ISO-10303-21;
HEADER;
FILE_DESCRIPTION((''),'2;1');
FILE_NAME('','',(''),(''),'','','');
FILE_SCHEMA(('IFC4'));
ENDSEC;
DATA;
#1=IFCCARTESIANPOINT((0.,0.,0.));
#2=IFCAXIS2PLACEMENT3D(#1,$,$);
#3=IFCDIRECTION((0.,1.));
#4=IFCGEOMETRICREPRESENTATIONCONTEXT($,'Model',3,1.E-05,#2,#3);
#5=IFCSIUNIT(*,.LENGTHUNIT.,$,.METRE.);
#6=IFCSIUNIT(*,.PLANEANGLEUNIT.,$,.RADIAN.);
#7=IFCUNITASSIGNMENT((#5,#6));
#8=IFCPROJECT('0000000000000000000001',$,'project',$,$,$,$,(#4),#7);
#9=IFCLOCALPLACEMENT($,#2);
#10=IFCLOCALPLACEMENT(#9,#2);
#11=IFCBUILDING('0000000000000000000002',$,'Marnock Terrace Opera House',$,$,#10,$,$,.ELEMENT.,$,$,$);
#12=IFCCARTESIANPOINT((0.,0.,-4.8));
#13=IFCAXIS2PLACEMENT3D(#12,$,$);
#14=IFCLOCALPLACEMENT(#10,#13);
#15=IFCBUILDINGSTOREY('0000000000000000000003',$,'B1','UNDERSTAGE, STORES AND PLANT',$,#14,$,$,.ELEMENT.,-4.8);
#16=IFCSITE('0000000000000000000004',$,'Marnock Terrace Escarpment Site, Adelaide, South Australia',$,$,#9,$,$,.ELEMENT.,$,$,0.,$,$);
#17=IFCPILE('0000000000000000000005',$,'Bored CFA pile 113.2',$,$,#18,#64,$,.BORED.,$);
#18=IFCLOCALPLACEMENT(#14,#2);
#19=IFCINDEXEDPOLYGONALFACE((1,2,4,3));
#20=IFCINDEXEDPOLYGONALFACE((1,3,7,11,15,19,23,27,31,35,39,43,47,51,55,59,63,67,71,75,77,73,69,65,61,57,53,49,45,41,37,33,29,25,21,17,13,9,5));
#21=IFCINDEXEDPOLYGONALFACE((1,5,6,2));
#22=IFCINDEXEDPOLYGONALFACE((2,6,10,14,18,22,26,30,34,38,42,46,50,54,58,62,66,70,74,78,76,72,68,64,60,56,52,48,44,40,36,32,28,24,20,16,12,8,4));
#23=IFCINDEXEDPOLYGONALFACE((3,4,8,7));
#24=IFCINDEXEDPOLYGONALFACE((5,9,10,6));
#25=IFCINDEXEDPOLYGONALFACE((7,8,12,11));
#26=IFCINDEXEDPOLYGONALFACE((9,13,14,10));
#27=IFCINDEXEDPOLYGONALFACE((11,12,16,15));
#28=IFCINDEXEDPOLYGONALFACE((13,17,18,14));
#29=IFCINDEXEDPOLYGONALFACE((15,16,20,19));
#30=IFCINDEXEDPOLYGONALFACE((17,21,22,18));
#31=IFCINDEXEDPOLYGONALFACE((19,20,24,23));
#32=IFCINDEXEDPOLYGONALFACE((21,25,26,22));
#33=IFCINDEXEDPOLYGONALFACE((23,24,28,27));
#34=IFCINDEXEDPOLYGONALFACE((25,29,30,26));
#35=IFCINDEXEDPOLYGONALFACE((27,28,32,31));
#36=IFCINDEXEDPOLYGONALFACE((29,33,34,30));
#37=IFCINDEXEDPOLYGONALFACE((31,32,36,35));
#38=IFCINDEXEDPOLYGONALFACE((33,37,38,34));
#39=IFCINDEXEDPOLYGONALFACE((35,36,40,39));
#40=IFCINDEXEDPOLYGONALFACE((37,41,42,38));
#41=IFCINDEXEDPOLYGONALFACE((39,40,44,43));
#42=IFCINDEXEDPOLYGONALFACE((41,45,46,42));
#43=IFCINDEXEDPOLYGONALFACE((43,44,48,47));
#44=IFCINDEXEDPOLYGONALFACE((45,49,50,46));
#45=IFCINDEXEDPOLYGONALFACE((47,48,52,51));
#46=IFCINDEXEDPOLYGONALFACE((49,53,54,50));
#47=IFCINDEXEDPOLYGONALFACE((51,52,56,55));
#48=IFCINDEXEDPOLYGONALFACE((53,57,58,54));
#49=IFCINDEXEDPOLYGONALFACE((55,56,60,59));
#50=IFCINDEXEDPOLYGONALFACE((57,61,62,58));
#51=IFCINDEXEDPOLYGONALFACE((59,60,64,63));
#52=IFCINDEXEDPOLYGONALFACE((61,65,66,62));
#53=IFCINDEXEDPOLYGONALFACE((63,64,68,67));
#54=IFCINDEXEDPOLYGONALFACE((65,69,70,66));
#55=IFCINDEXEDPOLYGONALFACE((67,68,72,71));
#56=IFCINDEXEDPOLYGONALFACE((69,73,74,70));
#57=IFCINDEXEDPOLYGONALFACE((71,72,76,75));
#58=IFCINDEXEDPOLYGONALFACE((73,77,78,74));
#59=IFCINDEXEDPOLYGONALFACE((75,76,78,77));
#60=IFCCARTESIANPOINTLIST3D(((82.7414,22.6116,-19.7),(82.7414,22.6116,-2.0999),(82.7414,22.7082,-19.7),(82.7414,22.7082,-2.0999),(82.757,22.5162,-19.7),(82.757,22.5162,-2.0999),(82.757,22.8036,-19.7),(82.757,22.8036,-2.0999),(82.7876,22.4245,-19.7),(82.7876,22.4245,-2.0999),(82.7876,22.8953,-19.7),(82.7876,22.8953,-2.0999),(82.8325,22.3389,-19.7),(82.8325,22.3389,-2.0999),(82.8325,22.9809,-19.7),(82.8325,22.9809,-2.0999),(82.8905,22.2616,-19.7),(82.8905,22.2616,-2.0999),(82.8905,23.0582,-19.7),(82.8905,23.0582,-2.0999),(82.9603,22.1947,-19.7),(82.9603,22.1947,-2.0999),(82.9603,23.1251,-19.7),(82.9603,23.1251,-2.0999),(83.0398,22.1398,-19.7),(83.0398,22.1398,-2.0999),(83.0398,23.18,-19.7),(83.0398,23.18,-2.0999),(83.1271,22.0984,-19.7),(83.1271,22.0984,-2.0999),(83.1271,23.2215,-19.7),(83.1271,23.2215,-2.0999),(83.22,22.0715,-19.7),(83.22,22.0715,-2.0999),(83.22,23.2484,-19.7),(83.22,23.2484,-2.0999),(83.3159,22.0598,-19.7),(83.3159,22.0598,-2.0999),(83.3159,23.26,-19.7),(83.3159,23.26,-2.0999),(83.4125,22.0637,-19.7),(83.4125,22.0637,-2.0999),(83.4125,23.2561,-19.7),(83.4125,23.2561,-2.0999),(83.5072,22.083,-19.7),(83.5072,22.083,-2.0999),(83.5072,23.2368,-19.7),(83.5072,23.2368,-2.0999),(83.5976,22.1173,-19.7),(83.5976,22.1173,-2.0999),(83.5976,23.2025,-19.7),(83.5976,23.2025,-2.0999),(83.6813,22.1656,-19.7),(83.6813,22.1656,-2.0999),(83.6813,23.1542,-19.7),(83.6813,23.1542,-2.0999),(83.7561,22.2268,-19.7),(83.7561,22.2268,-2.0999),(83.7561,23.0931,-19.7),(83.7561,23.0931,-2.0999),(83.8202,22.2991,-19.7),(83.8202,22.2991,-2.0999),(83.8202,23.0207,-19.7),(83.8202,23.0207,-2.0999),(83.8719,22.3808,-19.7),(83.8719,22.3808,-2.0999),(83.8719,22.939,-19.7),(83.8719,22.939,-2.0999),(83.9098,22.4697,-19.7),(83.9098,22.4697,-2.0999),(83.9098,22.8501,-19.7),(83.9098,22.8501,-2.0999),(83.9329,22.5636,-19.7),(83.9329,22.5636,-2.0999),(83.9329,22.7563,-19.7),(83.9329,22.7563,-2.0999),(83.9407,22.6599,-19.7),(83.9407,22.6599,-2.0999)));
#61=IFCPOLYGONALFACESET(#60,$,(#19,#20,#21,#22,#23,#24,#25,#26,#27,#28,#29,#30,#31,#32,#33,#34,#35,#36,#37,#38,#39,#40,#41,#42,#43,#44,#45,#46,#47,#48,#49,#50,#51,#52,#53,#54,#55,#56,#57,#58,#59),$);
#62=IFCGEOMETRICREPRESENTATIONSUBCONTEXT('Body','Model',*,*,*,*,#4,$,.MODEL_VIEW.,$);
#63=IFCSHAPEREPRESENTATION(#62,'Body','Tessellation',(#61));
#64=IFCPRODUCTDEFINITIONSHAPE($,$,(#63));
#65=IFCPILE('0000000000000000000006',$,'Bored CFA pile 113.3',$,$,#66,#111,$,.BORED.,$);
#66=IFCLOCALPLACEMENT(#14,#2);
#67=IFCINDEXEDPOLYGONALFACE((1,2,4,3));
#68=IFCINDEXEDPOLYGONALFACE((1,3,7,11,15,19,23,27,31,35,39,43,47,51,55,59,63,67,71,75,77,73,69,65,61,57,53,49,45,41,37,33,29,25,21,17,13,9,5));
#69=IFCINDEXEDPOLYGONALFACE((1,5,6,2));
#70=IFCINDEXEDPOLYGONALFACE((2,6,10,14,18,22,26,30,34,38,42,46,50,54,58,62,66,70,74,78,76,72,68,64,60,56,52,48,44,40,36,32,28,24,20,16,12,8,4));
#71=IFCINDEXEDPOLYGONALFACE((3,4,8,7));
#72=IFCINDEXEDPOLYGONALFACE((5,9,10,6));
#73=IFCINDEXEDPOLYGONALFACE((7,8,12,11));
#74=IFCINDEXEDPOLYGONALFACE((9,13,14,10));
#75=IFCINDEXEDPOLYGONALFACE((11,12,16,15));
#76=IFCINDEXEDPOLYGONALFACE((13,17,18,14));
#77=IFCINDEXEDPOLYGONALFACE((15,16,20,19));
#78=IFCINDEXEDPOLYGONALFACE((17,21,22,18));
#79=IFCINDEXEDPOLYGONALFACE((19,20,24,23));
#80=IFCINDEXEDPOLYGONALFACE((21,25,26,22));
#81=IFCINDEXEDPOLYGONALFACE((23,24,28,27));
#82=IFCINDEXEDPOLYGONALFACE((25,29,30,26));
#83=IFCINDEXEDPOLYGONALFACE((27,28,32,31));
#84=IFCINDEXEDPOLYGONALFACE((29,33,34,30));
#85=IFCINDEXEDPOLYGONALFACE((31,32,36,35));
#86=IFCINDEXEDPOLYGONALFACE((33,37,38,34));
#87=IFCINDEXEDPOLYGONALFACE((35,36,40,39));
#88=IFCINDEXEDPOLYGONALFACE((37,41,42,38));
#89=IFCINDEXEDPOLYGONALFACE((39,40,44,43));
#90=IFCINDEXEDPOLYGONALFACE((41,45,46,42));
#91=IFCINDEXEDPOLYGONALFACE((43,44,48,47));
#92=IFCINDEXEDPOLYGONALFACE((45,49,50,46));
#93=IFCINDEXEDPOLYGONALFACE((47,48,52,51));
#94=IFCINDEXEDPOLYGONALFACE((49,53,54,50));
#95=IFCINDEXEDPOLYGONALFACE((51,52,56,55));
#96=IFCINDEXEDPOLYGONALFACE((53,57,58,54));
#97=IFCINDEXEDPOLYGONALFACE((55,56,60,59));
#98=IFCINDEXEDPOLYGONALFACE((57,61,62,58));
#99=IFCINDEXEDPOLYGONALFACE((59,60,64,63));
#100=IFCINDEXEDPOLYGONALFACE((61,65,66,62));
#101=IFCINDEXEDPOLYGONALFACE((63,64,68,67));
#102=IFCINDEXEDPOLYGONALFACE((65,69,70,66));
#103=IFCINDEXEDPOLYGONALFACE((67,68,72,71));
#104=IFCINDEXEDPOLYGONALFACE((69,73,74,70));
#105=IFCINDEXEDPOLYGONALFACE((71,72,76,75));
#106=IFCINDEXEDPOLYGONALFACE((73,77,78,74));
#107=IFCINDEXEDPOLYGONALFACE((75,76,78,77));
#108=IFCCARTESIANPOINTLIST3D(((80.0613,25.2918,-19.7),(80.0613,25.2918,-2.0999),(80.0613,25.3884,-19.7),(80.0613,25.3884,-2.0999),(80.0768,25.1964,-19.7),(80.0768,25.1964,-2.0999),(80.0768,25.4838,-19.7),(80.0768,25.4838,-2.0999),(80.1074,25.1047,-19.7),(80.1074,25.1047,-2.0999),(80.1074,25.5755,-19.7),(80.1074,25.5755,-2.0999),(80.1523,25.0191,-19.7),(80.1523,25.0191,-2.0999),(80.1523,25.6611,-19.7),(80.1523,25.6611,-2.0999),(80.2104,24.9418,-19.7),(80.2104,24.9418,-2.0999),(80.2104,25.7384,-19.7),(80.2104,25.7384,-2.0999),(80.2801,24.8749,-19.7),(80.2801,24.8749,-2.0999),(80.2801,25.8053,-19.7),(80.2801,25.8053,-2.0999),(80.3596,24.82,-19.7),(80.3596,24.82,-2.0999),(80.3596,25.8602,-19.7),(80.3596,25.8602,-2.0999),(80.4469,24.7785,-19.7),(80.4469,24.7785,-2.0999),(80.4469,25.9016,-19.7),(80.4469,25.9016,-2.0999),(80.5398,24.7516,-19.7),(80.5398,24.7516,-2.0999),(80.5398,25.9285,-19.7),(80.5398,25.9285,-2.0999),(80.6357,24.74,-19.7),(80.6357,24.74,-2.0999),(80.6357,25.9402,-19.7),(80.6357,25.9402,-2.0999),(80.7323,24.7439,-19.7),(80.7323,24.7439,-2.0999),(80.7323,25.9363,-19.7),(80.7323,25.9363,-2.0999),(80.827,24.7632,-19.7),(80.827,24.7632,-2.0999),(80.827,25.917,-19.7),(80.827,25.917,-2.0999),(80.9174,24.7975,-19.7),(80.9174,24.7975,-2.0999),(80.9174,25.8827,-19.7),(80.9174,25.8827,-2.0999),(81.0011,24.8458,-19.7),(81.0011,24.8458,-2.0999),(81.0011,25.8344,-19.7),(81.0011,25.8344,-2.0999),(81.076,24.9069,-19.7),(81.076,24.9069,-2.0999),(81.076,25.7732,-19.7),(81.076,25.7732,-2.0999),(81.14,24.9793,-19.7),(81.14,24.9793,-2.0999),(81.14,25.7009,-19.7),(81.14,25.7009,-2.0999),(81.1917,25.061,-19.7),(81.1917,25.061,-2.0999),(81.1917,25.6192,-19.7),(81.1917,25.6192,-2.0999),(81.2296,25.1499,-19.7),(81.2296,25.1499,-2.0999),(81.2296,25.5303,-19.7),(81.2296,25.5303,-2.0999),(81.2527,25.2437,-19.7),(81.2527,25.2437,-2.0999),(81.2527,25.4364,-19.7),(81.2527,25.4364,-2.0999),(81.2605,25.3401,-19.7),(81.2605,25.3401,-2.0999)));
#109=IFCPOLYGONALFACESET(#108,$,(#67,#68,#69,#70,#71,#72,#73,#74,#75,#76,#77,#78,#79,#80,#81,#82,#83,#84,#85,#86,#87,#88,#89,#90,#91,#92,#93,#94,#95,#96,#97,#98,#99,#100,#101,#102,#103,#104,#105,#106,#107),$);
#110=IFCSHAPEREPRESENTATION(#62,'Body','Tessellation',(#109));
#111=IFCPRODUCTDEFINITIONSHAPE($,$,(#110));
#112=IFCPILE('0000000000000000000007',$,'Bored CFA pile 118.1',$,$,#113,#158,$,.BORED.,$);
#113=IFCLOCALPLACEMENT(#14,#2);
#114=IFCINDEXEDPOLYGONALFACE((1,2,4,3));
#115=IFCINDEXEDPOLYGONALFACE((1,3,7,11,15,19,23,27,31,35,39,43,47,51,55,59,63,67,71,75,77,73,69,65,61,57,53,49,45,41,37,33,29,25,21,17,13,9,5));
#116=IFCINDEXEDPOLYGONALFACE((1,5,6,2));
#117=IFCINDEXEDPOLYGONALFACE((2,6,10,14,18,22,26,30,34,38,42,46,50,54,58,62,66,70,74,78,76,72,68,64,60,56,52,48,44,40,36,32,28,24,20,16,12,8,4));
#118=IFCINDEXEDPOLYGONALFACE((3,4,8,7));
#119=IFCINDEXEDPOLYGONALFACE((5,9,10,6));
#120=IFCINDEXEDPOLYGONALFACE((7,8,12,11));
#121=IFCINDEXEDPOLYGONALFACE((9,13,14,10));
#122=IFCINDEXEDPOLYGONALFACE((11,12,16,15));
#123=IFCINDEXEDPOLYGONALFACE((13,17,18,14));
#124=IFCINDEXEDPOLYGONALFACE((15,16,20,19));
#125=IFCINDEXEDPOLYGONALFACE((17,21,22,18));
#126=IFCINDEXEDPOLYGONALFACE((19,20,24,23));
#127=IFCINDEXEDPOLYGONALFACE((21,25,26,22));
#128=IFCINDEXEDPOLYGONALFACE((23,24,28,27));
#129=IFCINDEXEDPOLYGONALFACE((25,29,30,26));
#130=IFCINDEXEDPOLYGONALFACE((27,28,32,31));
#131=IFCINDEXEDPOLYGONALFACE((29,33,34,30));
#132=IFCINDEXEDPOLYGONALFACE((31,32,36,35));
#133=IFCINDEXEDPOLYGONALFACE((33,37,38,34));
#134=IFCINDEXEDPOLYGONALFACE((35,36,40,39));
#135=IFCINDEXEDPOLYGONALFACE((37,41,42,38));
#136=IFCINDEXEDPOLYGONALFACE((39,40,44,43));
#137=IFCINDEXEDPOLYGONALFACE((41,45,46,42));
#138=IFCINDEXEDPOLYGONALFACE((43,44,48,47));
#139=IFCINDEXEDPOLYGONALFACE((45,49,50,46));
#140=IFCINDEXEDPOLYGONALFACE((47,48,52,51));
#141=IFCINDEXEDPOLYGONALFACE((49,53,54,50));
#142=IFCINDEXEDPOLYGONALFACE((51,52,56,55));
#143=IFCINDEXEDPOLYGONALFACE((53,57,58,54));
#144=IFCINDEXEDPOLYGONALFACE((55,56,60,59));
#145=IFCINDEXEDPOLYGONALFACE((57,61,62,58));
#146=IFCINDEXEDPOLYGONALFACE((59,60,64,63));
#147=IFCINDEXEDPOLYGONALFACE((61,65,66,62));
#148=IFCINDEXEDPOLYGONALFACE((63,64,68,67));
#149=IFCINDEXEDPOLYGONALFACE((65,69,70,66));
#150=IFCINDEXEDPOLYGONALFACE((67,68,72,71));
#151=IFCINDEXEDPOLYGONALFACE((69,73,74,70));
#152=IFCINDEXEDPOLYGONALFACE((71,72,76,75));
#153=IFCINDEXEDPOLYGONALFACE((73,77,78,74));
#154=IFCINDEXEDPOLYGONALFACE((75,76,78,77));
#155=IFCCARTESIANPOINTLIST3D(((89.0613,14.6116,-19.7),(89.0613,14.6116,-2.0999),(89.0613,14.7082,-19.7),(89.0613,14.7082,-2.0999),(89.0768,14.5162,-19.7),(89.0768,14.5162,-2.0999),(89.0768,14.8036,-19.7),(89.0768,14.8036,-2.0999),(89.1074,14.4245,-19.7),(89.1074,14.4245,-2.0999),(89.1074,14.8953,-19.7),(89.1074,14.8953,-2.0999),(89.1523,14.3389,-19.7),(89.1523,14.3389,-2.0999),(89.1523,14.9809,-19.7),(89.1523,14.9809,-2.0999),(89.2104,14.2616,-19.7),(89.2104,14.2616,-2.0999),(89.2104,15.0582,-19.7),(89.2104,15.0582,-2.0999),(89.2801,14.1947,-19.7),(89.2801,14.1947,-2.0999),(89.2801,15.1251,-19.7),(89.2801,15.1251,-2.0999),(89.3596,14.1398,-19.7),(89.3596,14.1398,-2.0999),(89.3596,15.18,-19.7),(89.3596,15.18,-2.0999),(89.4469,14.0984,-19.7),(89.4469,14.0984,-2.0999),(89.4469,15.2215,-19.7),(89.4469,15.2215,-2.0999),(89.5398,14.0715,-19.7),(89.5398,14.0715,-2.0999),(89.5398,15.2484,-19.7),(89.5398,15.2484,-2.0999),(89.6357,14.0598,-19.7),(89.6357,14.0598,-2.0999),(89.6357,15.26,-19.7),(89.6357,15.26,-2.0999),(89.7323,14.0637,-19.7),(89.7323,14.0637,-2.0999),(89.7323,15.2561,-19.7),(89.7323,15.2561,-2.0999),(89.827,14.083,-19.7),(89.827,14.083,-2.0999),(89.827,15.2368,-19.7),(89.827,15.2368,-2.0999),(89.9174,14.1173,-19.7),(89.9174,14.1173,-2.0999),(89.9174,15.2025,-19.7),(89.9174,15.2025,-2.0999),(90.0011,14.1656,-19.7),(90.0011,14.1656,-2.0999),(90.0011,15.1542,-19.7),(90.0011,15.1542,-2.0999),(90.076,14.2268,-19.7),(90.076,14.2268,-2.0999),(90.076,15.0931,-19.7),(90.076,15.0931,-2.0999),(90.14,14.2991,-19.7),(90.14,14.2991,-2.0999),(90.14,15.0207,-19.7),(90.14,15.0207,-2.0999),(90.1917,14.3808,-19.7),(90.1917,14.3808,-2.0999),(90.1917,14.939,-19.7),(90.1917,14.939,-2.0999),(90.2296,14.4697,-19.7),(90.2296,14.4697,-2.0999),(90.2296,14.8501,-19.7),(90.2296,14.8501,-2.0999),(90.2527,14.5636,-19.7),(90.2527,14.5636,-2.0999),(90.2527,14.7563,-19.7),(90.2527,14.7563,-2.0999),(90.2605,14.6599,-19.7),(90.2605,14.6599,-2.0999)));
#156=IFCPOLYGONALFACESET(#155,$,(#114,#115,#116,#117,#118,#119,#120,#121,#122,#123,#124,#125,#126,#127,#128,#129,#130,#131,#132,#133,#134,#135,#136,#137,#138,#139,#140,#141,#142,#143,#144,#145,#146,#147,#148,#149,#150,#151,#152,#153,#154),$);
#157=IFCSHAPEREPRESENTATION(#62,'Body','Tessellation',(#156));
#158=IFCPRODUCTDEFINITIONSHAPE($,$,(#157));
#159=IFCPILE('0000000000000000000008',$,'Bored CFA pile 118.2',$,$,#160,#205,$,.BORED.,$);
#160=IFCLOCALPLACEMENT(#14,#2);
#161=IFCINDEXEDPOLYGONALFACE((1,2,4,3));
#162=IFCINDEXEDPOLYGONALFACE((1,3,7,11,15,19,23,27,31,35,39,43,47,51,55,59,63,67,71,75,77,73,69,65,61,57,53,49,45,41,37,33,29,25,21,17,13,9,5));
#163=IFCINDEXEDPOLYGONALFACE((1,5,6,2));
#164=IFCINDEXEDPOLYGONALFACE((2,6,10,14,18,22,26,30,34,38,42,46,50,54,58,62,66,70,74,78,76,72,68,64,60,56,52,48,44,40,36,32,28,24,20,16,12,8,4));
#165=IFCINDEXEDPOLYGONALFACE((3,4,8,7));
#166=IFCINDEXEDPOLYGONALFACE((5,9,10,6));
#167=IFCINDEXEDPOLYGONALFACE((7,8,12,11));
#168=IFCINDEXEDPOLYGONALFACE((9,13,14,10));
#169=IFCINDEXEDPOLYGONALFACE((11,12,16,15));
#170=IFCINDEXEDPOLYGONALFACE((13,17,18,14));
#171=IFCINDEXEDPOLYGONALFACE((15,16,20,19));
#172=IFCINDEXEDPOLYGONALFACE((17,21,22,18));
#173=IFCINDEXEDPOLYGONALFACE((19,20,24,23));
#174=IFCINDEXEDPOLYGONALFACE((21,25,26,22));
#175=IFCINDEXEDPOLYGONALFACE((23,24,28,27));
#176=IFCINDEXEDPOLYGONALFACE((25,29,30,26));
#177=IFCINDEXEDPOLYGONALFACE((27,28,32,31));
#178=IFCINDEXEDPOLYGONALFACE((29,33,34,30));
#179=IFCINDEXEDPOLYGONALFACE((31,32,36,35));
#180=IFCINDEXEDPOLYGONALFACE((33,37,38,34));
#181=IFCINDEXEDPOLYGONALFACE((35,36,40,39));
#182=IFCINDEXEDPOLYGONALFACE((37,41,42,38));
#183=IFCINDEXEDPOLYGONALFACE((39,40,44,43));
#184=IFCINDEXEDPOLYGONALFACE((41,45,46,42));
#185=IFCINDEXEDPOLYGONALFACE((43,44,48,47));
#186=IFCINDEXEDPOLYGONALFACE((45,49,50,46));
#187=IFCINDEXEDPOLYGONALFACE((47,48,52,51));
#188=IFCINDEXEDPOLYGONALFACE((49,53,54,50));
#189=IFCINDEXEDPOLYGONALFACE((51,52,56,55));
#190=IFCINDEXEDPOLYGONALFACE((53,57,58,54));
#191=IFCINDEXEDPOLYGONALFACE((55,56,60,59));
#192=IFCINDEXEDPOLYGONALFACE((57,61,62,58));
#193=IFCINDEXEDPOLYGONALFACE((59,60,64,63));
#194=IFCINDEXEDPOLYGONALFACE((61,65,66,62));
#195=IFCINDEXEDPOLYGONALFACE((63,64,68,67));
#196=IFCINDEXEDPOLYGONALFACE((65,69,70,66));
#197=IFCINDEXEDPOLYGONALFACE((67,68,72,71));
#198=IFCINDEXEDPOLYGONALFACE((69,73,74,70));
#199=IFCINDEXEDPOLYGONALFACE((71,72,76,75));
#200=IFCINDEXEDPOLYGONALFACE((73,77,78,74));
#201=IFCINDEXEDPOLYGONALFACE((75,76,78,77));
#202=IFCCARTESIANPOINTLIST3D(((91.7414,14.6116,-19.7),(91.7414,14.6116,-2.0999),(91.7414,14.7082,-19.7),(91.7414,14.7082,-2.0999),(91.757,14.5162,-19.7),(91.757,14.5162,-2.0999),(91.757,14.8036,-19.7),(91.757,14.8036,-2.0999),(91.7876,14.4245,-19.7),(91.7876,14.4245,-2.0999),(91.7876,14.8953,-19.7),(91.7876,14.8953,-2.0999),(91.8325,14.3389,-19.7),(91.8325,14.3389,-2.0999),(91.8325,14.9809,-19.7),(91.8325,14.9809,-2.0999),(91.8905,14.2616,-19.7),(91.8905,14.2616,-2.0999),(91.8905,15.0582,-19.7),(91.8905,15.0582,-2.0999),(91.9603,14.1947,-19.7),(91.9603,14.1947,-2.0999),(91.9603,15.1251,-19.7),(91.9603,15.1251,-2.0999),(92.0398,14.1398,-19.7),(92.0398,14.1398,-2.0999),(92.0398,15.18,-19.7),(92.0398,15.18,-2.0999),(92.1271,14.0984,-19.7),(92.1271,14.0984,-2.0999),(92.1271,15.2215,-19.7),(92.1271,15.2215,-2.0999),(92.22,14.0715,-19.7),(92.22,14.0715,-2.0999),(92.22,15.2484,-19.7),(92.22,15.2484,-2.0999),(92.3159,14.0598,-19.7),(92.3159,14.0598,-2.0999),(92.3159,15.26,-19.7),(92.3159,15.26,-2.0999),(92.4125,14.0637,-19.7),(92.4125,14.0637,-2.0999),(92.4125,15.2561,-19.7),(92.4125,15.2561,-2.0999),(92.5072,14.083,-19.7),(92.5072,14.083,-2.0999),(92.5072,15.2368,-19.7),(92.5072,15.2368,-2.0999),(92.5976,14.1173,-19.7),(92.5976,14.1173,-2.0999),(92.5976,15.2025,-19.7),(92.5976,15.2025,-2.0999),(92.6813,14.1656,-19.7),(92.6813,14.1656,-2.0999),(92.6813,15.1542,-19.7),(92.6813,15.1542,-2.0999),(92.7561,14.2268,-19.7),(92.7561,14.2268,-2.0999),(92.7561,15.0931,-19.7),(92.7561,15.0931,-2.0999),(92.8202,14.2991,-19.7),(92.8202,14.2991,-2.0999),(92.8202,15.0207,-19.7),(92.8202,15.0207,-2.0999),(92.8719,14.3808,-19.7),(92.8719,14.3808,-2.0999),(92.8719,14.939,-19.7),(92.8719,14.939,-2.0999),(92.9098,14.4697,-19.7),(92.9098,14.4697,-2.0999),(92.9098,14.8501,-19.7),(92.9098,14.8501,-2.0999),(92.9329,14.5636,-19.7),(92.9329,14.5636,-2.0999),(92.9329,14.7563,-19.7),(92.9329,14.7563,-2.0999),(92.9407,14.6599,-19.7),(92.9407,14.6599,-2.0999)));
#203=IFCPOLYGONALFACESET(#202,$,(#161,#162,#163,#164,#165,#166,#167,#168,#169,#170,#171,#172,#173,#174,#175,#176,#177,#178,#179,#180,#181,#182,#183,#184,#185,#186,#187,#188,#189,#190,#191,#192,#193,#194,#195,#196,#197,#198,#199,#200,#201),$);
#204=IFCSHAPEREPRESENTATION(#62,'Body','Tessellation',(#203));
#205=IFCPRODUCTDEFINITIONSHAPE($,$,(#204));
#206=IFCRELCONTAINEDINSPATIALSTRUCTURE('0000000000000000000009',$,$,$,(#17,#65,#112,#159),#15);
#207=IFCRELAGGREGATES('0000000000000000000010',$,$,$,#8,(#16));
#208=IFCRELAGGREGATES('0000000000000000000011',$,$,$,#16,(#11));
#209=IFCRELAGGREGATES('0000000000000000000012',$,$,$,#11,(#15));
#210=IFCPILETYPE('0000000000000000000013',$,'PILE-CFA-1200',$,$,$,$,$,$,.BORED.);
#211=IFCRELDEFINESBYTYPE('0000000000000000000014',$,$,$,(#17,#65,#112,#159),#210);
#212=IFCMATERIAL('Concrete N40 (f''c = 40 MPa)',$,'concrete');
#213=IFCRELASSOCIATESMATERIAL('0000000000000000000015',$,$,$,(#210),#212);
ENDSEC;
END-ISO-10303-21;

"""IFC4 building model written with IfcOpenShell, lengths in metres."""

from ifc_helpers import new_model, si_unit, direction, frame, origin, origin_2d, place, context, subcontext, project, spatial, circle, extrude, material, material_profile, profile_set, type_object, element, save


model = new_model("IFC4")

# Units and contexts
model_context = context("Model", 3, precision=1e-05, world=origin(), true_north=direction((0.0, 1.0)))
body_context = subcontext(model_context, "Body", "Model", "MODEL_VIEW")
ifc_project = project(units=[si_unit("LENGTHUNIT", "METRE"), si_unit("PLANEANGLEUNIT", "RADIAN")], contexts=[model_context])

# Site, building, storey
site_placement = place(None, origin())
site = spatial("IfcSite", under=ifc_project, at=site_placement, Name="Marnock Terrace Escarpment Site, Adelaide, South Australia", CompositionType="ELEMENT", RefElevation=0.0)
building_placement = place(site_placement, origin())
building = spatial("IfcBuilding", under=site, at=building_placement, Name="Marnock Terrace Opera House", CompositionType="ELEMENT")
storey_placement = place(building_placement, frame((0.0, 0.0, -4.8)))
storey = spatial("IfcBuildingStorey", under=building, at=storey_placement, Name="B1", Description="UNDERSTAGE, STORES AND PLANT", CompositionType="ELEMENT", Elevation=-4.8)

# Shared definitions
ifc_material_1 = material(Name="Concrete N40 (f'c = 40 MPa)", Category="concrete")

# Piles
ifc_material_profile_1 = material_profile(ifc_material_1, circle(Radius=0.6006, at=origin_2d()))
ifc_profile_set_1 = profile_set([ifc_material_profile_1], Name="Concrete N40 (f'c = 40 MPa)")
pile_type = type_object("IfcPileType", Name="PILE-CFA-1200", PredefinedType="BORED", material=ifc_profile_set_1)
for number, where, z_axis, x_axis, name in (
    (1, (83.3401, 22.6599, -2.0999), (0.0, 0.0, -1.0), (1.0, 0.0, 0.0), "Bored CFA pile 113.2"),
    (2, (80.6599, 25.3401, -2.0999), (0.0, 0.0, -1.0), (1.0, 0.0, 0.0), "Bored CFA pile 113.3"),
    (3, (89.6599, 14.6599, -2.0999), (0.0, 0.0, -1.0), (1.0, 0.0, 0.0), "Bored CFA pile 118.1"),
    (4, (92.3401, 14.6599, -2.0999), (0.0, 0.0, -1.0), (1.0, 0.0, 0.0), "Bored CFA pile 118.2"),
):
    element("IfcPile", number, at=place(storey_placement, frame(where, z_axis=z_axis, x_axis=x_axis)), inside=storey, type_object=pile_type, Name=name, PredefinedType="BORED", context=body_context, shape_type="SweptSolid", body=[
        extrude(circle(Radius=0.6006, at=origin_2d()), origin(), (0.0, 0.0, 1.0), 17.6001),
    ])

save(model, "model.ifc")
